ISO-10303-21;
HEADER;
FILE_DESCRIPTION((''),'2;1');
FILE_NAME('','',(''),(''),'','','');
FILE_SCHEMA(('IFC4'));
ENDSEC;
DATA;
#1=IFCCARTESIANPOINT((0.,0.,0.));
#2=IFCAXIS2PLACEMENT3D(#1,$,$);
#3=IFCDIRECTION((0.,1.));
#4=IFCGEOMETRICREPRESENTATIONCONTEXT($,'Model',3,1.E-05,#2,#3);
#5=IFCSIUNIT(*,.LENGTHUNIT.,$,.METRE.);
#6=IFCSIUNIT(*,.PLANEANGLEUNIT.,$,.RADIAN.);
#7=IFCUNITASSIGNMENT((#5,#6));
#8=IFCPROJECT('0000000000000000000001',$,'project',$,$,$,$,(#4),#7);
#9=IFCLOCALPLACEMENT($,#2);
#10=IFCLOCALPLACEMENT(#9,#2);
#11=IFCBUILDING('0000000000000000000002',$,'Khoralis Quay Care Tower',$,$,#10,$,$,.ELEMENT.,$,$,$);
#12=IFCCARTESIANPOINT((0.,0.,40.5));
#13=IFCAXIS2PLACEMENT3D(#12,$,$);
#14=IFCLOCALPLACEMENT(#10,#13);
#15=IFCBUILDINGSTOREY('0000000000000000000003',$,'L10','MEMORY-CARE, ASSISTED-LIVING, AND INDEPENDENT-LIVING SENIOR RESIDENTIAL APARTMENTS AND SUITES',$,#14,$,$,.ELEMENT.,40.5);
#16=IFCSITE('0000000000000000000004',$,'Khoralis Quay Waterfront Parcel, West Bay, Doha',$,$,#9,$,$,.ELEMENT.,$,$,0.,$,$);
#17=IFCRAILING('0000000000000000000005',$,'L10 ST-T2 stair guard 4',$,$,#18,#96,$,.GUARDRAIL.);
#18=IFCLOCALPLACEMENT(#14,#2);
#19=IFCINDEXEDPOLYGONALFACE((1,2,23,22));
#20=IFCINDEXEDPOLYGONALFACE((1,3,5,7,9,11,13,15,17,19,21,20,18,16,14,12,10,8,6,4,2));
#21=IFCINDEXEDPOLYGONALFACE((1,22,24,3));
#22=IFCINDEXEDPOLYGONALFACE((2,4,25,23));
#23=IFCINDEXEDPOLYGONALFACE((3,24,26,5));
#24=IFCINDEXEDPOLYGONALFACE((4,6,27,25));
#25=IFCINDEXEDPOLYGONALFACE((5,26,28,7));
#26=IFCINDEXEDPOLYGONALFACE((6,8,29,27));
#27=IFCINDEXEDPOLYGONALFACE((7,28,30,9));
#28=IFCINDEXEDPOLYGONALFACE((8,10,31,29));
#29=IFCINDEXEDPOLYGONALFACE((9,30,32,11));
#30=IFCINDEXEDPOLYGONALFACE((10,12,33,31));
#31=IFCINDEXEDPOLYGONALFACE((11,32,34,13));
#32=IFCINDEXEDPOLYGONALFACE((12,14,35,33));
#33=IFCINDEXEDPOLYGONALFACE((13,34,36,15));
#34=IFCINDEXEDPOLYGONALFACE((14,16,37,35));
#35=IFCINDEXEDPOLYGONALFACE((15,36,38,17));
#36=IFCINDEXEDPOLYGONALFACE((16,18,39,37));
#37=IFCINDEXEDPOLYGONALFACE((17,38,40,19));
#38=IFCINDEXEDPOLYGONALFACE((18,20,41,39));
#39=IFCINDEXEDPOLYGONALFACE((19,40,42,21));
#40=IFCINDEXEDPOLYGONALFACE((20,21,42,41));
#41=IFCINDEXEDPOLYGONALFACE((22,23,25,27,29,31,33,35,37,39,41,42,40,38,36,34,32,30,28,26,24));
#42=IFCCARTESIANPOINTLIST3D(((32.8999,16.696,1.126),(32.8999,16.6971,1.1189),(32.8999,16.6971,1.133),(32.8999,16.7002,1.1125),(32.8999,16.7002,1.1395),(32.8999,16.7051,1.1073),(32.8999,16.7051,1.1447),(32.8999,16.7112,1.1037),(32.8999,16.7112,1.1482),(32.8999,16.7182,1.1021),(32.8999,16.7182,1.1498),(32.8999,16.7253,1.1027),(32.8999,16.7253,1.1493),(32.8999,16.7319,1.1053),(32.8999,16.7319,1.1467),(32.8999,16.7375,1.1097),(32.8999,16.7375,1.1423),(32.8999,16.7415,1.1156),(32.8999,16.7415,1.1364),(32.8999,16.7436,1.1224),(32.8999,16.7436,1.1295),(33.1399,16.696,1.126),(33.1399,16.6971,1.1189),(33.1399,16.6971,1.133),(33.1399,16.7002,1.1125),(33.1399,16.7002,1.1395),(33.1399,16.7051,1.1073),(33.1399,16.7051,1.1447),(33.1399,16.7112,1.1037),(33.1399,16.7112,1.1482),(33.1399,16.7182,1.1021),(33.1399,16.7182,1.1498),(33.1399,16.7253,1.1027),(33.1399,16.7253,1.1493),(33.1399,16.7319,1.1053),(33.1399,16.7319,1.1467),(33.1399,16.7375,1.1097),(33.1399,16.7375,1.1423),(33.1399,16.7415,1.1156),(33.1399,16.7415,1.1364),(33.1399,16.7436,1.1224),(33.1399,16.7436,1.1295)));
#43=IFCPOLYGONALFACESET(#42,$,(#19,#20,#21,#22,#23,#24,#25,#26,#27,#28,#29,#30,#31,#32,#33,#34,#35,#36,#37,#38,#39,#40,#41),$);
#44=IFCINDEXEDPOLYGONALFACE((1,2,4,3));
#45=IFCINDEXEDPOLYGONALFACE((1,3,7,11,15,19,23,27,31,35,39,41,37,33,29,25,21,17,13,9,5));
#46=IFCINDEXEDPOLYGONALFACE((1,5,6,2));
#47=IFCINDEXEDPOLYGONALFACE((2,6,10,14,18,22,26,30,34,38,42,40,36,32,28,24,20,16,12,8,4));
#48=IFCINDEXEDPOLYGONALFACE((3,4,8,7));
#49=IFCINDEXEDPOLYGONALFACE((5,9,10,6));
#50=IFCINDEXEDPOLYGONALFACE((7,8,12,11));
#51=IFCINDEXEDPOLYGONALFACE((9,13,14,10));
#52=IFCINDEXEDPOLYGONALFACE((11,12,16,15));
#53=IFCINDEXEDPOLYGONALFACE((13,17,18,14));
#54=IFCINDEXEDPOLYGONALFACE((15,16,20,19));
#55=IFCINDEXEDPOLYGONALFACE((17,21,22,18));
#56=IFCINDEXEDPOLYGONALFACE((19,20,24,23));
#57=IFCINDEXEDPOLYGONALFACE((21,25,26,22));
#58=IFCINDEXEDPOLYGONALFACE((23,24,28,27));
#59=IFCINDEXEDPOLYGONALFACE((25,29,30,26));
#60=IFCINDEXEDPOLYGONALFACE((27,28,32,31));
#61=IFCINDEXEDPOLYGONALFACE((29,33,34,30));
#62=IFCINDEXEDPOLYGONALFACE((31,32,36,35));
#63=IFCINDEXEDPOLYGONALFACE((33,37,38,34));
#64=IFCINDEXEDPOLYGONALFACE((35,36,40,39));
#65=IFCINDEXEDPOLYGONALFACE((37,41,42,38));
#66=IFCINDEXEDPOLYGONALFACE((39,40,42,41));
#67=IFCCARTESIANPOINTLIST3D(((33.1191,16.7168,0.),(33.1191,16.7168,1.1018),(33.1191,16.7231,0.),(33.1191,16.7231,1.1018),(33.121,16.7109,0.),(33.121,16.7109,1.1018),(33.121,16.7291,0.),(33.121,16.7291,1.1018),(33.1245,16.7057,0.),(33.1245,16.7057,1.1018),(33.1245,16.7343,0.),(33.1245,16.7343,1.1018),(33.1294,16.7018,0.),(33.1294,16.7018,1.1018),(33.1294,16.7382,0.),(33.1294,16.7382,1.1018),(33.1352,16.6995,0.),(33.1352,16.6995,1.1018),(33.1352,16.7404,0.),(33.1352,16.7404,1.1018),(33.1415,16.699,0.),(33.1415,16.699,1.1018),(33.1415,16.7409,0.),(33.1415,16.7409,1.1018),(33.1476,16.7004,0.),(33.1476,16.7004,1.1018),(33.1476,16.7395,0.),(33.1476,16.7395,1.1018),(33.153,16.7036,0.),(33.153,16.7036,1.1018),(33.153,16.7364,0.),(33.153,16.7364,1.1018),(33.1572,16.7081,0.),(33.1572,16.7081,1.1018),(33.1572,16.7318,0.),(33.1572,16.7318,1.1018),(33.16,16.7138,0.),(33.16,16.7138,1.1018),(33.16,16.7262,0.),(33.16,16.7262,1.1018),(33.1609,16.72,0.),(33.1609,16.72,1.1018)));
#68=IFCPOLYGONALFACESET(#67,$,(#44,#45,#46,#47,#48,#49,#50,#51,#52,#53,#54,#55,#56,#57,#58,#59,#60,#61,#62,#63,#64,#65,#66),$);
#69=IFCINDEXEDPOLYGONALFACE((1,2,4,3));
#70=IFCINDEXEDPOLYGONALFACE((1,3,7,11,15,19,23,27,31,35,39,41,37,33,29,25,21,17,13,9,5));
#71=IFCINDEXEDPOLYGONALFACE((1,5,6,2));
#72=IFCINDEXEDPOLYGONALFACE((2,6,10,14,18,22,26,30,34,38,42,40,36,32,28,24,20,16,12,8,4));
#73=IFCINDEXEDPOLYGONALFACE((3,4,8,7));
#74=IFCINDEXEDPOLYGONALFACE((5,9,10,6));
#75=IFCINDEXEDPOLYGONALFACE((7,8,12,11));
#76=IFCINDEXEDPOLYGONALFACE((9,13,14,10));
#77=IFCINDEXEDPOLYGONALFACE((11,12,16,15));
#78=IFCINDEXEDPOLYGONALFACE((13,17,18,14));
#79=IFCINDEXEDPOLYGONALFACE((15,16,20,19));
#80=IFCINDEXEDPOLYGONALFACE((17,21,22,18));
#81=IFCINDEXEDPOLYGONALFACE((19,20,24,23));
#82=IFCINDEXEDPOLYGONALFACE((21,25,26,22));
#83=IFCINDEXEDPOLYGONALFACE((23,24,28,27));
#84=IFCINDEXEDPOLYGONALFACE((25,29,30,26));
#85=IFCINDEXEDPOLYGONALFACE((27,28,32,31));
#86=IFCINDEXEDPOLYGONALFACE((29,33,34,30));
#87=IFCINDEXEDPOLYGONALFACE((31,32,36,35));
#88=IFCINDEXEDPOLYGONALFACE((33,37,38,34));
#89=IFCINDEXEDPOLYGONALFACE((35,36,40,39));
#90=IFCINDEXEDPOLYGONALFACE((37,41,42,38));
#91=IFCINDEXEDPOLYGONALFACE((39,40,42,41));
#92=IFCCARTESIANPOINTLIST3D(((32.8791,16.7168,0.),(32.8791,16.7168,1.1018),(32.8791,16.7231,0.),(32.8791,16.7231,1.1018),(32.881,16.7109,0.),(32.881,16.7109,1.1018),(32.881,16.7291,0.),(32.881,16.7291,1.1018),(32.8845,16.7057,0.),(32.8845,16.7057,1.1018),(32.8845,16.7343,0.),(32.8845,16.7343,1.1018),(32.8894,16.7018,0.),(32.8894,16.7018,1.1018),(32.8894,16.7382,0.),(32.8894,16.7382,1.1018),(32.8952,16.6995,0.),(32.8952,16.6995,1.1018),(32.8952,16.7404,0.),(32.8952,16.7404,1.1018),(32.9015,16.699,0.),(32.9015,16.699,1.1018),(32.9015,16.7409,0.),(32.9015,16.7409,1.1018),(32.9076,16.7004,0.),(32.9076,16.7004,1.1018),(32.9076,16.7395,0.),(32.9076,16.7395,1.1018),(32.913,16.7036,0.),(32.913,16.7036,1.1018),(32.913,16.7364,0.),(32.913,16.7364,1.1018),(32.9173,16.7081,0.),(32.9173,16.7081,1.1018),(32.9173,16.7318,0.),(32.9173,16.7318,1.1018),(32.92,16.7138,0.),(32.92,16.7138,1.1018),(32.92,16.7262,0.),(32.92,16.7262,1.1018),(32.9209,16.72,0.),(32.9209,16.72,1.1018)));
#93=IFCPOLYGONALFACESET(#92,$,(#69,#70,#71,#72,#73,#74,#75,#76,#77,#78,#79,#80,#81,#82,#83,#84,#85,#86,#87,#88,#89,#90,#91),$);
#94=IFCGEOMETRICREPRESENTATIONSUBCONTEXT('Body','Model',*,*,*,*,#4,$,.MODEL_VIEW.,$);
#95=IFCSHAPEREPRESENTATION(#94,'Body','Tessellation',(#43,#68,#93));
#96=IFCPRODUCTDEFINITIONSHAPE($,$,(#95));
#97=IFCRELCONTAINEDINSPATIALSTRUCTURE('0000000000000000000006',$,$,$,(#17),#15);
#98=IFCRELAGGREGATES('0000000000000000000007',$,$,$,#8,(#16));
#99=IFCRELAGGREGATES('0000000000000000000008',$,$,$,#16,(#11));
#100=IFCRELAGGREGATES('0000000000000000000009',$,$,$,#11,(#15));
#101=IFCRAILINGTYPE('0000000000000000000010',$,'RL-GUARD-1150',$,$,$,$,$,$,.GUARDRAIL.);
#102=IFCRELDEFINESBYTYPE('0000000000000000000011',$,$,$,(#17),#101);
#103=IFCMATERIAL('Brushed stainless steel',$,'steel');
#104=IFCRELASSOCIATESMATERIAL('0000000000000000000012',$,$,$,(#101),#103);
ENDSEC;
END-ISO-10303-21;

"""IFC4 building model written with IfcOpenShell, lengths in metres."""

from ifc_helpers import new_model, si_unit, direction, frame, origin, origin_2d, place, context, subcontext, project, spatial, circle, extrude, material, type_object, element, save


model = new_model("IFC4")

# Units and contexts
model_context = context("Model", 3, precision=1e-05, world=origin(), true_north=direction((0.0, 1.0)))
body_context = subcontext(model_context, "Body", "Model", "MODEL_VIEW")
ifc_project = project(units=[si_unit("LENGTHUNIT", "METRE"), si_unit("PLANEANGLEUNIT", "RADIAN")], contexts=[model_context])

# Site, building, storey
site_placement = place(None, origin())
site = spatial("IfcSite", under=ifc_project, at=site_placement, Name="Khoralis Quay Waterfront Parcel, West Bay, Doha", CompositionType="ELEMENT", RefElevation=0.0)
building_placement = place(site_placement, origin())
building = spatial("IfcBuilding", under=site, at=building_placement, Name="Khoralis Quay Care Tower", CompositionType="ELEMENT")
storey_placement = place(building_placement, frame((0.0, 0.0, 40.5)))
storey = spatial("IfcBuildingStorey", under=building, at=storey_placement, Name="L10", Description="MEMORY-CARE, ASSISTED-LIVING, AND INDEPENDENT-LIVING SENIOR RESIDENTIAL APARTMENTS AND SUITES", CompositionType="ELEMENT", Elevation=40.5)

# Shared definitions
ifc_material_1 = material(Name="Brushed stainless steel", Category="steel")

# Railing
railing_type_1 = type_object("IfcRailingType", Name="RL-GUARD-1150", PredefinedType="GUARDRAIL", material=ifc_material_1)
railing_1_placement = place(storey_placement, frame((33.1399, 16.72, 0.0)))
element("IfcRailing", 1, at=railing_1_placement, inside=storey, type_object=railing_type_1, Name="L10 ST-T2 stair guard 4", PredefinedType="GUARDRAIL", context=body_context, shape_type="SweptSolid", body=[
    extrude(circle(Radius=0.0239, at=origin_2d()), frame((0.0, 0.0, 1.126), z_axis=(-1.0, 0.0, 0.0), x_axis=(0.0, -1.0, 0.0)), (0.0, 0.0, 1.0), 0.24),
    extrude(circle(Radius=0.021, at=origin_2d()), origin(), (0.0, 0.0, 1.0), 1.1018),
    extrude(circle(Radius=0.021, at=origin_2d()), frame((-0.24, 0.0, 0.0)), (0.0, 0.0, 1.0), 1.1018),
])

save(model, "model.ifc")
